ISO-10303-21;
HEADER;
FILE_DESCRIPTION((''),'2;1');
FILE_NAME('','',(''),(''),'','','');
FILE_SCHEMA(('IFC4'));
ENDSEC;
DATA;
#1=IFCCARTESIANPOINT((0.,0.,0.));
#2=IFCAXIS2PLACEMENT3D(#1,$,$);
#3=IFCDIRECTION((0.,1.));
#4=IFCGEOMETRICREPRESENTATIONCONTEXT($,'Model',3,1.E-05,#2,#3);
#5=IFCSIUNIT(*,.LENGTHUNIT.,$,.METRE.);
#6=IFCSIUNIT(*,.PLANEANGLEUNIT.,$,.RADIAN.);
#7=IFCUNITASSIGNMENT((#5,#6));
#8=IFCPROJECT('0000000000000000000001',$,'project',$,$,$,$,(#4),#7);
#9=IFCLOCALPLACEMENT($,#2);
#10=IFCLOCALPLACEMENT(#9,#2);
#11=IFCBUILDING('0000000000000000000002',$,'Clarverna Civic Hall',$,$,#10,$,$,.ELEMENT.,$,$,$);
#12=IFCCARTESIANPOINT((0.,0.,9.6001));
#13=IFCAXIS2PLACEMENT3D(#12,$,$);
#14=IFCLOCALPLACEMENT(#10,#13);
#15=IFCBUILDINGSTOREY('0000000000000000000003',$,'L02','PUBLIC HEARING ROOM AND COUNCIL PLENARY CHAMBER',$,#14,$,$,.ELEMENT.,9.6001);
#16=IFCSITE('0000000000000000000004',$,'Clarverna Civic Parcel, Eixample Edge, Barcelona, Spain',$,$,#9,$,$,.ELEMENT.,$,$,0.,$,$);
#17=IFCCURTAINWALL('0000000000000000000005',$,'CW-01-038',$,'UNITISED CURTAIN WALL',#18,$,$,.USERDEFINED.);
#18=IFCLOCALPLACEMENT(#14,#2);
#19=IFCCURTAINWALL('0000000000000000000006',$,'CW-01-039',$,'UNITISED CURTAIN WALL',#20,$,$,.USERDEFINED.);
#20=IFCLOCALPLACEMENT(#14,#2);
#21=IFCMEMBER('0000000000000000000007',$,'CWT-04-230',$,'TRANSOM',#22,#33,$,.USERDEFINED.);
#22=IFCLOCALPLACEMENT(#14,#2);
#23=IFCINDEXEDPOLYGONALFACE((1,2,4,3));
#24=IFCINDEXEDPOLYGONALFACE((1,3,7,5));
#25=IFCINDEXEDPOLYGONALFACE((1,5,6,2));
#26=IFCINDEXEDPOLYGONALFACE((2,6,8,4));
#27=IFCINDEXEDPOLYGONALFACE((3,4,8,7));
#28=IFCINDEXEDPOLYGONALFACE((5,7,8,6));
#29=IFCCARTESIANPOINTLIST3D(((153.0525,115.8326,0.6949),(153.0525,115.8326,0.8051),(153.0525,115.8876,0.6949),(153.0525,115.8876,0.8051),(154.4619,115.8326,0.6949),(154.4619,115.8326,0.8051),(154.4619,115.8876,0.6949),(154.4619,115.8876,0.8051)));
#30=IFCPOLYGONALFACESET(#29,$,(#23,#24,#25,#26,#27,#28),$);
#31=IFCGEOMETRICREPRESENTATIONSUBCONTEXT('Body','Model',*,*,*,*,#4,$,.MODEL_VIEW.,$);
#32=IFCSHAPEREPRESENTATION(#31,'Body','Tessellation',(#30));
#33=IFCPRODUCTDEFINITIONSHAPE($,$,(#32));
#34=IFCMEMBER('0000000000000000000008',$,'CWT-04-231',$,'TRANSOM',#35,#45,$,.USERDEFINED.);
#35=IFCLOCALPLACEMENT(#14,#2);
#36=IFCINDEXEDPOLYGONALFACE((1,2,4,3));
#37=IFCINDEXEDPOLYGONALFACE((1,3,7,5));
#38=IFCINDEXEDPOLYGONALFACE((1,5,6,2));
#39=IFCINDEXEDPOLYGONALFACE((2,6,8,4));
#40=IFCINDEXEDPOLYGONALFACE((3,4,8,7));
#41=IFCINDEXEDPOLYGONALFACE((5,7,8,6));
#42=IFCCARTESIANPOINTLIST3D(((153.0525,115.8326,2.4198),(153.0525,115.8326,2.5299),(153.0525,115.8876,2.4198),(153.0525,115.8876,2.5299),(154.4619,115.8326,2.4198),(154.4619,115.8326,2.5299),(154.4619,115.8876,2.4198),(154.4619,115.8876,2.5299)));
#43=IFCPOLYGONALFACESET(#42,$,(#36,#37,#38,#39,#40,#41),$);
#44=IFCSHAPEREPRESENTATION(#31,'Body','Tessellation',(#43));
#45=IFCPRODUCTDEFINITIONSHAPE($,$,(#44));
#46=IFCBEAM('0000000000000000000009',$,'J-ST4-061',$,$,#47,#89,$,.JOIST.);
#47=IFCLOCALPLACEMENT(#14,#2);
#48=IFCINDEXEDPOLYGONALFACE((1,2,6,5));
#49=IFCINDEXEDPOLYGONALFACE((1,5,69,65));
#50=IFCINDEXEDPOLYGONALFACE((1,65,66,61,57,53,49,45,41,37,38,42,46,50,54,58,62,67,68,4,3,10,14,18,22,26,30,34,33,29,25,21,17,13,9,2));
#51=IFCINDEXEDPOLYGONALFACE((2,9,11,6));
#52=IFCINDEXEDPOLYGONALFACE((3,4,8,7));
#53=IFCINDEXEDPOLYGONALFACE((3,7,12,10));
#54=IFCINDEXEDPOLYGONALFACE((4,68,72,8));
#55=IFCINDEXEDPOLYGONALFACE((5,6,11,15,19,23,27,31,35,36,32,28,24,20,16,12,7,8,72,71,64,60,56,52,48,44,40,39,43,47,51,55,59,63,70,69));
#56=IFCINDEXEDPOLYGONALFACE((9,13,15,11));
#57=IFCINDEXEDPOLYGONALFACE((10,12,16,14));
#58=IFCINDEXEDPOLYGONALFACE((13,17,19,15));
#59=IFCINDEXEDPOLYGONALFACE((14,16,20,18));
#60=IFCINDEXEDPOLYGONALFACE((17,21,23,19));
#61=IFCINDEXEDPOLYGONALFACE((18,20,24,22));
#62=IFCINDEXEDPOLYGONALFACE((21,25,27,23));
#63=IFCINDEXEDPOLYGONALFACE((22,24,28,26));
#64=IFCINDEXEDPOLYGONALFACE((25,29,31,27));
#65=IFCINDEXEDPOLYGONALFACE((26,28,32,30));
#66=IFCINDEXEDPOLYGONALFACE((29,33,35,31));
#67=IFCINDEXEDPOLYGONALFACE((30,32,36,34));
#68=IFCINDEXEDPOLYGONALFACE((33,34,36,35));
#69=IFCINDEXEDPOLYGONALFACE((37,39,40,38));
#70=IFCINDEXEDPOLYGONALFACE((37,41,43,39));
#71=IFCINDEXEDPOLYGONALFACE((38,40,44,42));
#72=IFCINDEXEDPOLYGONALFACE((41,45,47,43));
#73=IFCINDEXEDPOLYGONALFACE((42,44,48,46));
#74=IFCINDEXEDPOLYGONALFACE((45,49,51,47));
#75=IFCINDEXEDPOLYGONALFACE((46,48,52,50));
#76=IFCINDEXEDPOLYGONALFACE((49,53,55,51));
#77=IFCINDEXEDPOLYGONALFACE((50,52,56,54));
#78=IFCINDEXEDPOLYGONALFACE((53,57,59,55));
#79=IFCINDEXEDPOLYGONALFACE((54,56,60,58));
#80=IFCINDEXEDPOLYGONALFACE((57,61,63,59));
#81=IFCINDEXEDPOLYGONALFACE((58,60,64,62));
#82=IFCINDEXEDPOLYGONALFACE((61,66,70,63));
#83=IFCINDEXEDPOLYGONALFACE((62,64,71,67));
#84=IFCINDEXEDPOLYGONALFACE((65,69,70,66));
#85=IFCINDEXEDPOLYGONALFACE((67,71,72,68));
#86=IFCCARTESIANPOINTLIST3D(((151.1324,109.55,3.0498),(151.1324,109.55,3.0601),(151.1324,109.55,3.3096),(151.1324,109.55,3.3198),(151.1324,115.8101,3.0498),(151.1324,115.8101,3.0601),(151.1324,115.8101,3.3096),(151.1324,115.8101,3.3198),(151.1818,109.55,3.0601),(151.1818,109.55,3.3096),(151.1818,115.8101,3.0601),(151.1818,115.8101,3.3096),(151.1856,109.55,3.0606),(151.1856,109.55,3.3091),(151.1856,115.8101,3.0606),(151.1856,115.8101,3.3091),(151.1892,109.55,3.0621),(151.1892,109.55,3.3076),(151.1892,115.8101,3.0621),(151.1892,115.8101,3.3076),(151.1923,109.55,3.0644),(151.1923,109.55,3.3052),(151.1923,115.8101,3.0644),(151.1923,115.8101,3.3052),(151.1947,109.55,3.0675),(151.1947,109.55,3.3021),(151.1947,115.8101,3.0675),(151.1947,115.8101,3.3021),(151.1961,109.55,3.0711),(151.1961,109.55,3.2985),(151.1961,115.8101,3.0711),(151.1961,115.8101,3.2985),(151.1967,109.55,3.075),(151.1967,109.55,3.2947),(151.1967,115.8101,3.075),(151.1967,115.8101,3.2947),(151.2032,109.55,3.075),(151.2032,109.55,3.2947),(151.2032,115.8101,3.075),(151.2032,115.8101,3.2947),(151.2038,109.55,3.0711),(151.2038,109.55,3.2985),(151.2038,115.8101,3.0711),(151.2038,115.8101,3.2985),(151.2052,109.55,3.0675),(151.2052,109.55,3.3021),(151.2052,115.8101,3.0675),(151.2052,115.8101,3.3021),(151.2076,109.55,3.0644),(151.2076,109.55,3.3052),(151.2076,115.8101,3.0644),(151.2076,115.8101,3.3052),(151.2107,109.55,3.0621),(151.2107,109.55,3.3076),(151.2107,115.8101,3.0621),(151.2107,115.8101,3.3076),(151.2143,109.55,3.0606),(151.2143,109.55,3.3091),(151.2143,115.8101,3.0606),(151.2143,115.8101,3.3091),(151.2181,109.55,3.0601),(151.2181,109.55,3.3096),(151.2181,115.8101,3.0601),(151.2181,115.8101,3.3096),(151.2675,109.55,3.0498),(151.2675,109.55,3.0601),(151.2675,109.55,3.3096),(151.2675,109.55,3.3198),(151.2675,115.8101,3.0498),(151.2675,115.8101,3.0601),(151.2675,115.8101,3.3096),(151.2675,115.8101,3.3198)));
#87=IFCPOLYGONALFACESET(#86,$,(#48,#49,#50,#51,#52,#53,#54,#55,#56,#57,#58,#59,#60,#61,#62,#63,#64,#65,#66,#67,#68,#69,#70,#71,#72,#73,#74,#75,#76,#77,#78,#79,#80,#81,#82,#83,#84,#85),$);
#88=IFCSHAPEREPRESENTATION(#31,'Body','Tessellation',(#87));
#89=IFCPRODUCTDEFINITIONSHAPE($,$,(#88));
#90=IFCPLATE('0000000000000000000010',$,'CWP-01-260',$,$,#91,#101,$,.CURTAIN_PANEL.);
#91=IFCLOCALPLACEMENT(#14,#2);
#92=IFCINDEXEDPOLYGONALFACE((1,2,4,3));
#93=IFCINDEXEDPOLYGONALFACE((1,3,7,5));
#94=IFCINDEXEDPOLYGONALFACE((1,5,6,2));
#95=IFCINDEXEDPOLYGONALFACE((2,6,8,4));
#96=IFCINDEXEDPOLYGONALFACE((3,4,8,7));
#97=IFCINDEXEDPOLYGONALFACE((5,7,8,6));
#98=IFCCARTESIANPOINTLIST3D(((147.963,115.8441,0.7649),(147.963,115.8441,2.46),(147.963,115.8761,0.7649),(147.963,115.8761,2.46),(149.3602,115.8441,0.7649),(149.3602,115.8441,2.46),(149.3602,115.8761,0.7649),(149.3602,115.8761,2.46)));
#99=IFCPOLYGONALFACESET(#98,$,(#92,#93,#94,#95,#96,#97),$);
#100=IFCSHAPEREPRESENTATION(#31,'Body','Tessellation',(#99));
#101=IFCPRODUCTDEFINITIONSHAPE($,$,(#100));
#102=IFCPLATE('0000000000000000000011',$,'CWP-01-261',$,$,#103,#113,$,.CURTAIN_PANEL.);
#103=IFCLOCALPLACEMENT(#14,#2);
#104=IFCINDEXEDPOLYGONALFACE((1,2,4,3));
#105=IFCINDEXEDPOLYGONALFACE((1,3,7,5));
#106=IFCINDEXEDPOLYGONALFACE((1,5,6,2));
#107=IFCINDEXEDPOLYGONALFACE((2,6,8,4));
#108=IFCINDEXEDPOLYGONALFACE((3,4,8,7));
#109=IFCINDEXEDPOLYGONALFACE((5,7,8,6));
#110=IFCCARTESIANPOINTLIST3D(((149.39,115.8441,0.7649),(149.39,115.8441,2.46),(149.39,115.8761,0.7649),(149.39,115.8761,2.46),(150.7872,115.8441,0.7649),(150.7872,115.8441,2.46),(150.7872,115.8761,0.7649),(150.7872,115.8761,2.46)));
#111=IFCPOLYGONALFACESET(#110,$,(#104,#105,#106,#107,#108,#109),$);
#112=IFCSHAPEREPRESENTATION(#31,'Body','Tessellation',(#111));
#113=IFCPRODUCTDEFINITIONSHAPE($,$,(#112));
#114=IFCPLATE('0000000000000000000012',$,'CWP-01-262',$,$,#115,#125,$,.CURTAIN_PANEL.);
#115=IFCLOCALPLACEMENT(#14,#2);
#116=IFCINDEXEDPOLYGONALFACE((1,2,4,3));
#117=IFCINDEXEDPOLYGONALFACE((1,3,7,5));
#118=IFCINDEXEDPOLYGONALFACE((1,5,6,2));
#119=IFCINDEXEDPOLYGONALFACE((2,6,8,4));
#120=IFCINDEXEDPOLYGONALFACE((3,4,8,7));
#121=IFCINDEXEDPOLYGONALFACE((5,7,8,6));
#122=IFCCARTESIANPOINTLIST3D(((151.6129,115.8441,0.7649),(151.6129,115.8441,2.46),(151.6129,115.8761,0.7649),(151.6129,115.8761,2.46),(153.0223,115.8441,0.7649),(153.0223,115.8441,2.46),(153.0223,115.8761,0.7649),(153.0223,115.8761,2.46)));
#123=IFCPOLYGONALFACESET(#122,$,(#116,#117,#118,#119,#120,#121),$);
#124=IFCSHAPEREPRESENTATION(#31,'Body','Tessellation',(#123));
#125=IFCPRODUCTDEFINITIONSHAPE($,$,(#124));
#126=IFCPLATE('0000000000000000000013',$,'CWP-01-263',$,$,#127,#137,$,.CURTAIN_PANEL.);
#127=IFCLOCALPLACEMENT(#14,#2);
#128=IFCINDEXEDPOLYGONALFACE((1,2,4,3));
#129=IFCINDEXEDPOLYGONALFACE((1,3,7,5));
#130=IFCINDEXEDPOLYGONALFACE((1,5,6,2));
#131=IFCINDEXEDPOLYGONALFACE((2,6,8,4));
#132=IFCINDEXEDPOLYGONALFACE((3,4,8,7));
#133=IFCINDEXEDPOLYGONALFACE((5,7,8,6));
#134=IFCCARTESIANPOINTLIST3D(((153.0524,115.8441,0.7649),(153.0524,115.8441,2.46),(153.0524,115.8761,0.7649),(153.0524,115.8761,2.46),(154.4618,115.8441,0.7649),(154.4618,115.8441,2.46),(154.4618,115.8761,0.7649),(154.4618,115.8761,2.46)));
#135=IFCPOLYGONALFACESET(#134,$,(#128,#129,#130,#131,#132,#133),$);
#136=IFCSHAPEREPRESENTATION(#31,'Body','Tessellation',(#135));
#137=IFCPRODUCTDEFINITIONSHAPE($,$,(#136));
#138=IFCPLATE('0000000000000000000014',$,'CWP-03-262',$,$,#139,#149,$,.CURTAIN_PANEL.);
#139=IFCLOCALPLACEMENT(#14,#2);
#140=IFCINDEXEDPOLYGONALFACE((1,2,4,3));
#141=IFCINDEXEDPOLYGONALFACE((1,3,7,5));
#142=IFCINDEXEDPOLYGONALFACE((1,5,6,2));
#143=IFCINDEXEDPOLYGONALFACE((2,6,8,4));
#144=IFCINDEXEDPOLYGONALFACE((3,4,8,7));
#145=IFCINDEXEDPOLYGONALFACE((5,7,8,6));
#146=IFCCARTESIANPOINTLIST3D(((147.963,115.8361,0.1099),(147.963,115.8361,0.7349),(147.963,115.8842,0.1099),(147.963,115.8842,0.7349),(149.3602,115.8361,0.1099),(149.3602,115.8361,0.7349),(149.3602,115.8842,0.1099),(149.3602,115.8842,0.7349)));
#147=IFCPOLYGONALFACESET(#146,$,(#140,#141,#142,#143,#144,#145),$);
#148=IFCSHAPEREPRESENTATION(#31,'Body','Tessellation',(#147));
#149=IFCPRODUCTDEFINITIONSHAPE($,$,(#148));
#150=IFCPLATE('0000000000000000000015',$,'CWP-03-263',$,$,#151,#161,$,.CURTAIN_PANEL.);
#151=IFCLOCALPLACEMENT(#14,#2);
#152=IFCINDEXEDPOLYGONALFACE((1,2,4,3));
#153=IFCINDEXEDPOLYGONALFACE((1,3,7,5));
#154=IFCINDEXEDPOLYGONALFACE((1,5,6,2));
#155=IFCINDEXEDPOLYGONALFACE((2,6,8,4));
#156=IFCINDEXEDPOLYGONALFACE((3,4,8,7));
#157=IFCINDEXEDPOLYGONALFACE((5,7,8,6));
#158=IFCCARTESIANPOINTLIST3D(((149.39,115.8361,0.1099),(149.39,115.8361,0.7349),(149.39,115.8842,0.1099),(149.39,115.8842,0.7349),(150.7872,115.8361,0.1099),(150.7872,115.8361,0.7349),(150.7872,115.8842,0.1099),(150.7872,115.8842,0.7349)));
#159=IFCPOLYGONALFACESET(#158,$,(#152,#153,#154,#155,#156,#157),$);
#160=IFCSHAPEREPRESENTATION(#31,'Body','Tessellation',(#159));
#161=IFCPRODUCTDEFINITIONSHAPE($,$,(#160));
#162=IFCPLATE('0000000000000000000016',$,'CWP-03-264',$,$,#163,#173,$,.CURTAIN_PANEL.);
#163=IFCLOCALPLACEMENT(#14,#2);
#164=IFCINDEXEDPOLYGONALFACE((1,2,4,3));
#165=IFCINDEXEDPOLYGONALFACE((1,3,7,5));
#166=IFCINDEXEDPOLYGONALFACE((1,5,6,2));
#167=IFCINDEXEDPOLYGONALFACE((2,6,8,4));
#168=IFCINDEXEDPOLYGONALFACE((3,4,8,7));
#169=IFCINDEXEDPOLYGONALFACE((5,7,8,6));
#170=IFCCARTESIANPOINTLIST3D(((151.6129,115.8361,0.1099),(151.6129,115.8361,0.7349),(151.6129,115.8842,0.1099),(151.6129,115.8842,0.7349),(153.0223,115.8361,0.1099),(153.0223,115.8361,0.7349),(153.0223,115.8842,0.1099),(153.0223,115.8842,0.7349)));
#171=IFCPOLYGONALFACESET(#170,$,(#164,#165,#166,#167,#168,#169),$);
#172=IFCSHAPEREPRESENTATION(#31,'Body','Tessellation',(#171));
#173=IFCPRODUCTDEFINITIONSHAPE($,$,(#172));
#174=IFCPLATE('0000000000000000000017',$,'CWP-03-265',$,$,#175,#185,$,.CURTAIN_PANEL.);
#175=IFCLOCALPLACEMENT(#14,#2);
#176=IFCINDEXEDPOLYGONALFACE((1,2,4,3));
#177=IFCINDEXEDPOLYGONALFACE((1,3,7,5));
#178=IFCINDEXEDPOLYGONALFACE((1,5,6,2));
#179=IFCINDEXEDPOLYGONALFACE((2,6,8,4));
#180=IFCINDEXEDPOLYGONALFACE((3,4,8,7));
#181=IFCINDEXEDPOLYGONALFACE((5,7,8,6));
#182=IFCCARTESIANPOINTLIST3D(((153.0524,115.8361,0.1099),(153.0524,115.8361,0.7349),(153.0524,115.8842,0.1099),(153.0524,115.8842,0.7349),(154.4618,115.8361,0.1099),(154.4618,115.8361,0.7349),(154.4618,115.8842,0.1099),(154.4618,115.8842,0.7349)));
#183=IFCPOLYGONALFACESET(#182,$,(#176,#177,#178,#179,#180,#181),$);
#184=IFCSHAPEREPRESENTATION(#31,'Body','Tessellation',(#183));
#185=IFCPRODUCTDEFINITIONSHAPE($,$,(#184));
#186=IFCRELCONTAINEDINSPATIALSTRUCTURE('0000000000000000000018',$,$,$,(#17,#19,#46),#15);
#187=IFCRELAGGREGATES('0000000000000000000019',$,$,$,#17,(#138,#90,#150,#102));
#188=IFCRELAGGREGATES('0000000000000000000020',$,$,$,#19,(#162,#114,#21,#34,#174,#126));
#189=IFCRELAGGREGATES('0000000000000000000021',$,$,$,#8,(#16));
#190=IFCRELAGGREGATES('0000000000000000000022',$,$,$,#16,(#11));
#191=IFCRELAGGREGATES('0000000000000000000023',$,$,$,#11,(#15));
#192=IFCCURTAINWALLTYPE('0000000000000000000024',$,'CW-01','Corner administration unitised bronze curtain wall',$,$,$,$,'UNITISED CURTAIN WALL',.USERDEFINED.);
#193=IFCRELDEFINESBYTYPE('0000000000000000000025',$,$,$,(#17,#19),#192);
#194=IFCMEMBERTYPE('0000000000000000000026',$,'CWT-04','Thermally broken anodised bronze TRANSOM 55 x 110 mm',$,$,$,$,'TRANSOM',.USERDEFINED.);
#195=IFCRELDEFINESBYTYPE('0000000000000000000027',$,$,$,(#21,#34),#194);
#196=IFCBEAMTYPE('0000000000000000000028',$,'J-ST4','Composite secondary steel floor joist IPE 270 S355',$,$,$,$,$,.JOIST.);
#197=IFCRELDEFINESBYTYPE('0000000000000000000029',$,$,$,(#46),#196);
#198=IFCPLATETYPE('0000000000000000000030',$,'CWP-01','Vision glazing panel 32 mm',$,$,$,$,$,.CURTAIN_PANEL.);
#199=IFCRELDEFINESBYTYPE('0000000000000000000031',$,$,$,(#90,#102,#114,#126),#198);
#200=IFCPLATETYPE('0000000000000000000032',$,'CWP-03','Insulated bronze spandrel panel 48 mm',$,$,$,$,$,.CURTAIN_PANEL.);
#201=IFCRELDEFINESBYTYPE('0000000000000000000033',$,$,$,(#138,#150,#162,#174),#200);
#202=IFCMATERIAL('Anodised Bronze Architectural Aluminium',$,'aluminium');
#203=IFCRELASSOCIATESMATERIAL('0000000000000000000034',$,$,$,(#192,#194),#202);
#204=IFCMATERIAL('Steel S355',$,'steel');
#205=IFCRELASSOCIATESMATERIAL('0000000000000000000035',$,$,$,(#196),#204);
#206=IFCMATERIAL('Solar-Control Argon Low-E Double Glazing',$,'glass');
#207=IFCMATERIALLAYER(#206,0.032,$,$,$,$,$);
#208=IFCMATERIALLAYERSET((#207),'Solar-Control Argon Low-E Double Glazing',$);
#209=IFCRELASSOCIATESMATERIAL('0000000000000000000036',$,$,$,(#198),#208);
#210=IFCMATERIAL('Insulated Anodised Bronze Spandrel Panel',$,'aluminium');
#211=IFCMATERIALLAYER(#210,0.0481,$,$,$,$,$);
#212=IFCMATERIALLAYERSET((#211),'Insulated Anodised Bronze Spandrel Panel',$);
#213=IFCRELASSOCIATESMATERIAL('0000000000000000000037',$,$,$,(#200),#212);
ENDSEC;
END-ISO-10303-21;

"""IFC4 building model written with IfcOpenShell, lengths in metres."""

from ifc_helpers import new_model, si_unit, direction, frame, frame_2d, origin, origin_2d, place, context, subcontext, project, spatial, rectangle, i_section, extrude, material, layer, layer_set, material_profile, profile_set, type_object, element, aggregate, save


model = new_model("IFC4")

# Units and contexts
model_context = context("Model", 3, precision=1e-05, world=origin(), true_north=direction((0.0, 1.0)))
body_context = subcontext(model_context, "Body", "Model", "MODEL_VIEW")
ifc_project = project(units=[si_unit("LENGTHUNIT", "METRE"), si_unit("PLANEANGLEUNIT", "RADIAN")], contexts=[model_context])

# Site, building, storey
site_placement = place(None, origin())
site = spatial("IfcSite", under=ifc_project, at=site_placement, Name="Clarverna Civic Parcel, Eixample Edge, Barcelona, Spain", CompositionType="ELEMENT", RefElevation=0.0)
building_placement = place(site_placement, origin())
building = spatial("IfcBuilding", under=site, at=building_placement, Name="Clarverna Civic Hall", CompositionType="ELEMENT")
storey_placement = place(building_placement, frame((0.0, 0.0, 9.6001)))
storey = spatial("IfcBuildingStorey", under=building, at=storey_placement, Name="L02", Description="PUBLIC HEARING ROOM AND COUNCIL PLENARY CHAMBER", CompositionType="ELEMENT", Elevation=9.6001)

# Shared definitions
ifc_material_1 = material(Name="Anodised Bronze Architectural Aluminium", Category="aluminium")
curtain_wall_type = type_object("IfcCurtainWallType", Name="CW-01", Description="Corner administration unitised bronze curtain wall", ElementType="UNITISED CURTAIN WALL", PredefinedType="USERDEFINED", material=ifc_material_1)

# Curtain walls
curtain_wall_1_placement = place(storey_placement, origin())
curtain_wall_1 = element("IfcCurtainWall", 1, at=curtain_wall_1_placement, inside=storey, type_object=curtain_wall_type, Name="CW-01-038", ObjectType="UNITISED CURTAIN WALL", PredefinedType="USERDEFINED")
curtain_wall_2_placement = place(storey_placement, origin())
curtain_wall_2 = element("IfcCurtainWall", 2, at=curtain_wall_2_placement, inside=storey, type_object=curtain_wall_type, Name="CW-01-039", ObjectType="UNITISED CURTAIN WALL", PredefinedType="USERDEFINED")

# Members
ifc_material_profile_1 = material_profile(ifc_material_1, rectangle(XDim=0.0549, YDim=0.1101, at=origin_2d()), Name="BRONZE 55x110")
ifc_profile_set_1 = profile_set([ifc_material_profile_1], Name="Anodised Bronze Architectural Aluminium")
member_type_1 = type_object("IfcMemberType", Name="CWT-04", Description="Thermally broken anodised bronze TRANSOM 55 x 110 mm", ElementType="TRANSOM", PredefinedType="USERDEFINED", material=ifc_profile_set_1)
member_1_placement = place(storey_placement, frame((153.0525, 115.8601, 0.75), z_axis=(1.0, 0.0, 0.0), x_axis=(0.0, 1.0, 0.0)))
member_1 = element("IfcMember", 3, at=member_1_placement, type_object=member_type_1, Name="CWT-04-230", ObjectType="TRANSOM", PredefinedType="USERDEFINED", context=body_context, shape_type="SweptSolid", body=[
    extrude(rectangle(XDim=0.0549, YDim=0.1101, at=origin_2d()), origin(), (0.0, 0.0, 1.0), 1.4094),
])
member_2_placement = place(storey_placement, frame((153.0525, 115.8601, 2.4749), z_axis=(1.0, 0.0, 0.0), x_axis=(0.0, 1.0, 0.0)))
member_2 = element("IfcMember", 4, at=member_2_placement, type_object=member_type_1, Name="CWT-04-231", ObjectType="TRANSOM", PredefinedType="USERDEFINED", context=body_context, shape_type="SweptSolid", body=[
    extrude(rectangle(XDim=0.0549, YDim=0.1101, at=origin_2d()), origin(), (0.0, 0.0, 1.0), 1.4094),
])

# Beam
ifc_material_2 = material(Name="Steel S355", Category="steel")
ifc_material_profile_2 = material_profile(ifc_material_2, i_section(OverallWidth=0.135, OverallDepth=0.27, WebThickness=0.0066, FlangeThickness=0.0103, FilletRadius=0.0149, at=origin_2d()), Name="IPE 270")
ifc_profile_set_2 = profile_set([ifc_material_profile_2], Name="Steel S355")
beam_type_1 = type_object("IfcBeamType", Name="J-ST4", Description="Composite secondary steel floor joist IPE 270 S355", PredefinedType="JOIST", material=ifc_profile_set_2)
beam_1_placement = place(storey_placement, frame((151.2, 109.55, 3.1848), z_axis=(0.0, 1.0, 0.0), x_axis=(-1.0, 0.0, 0.0)))
element("IfcBeam", 5, at=beam_1_placement, inside=storey, type_object=beam_type_1, Name="J-ST4-061", PredefinedType="JOIST", context=body_context, shape_type="SweptSolid", body=[
    extrude(i_section(OverallWidth=0.135, OverallDepth=0.27, WebThickness=0.0066, FlangeThickness=0.0103, FilletRadius=0.0149, at=origin_2d()), origin(), (0.0, 0.0, 1.0), 6.26),
])

# Plates
ifc_material_3 = material(Name="Solar-Control Argon Low-E Double Glazing", Category="glass")
ifc_layer_1 = layer(ifc_material_3, 0.032)
ifc_layer_set_1 = layer_set([ifc_layer_1], Name="Solar-Control Argon Low-E Double Glazing")
plate_type_1 = type_object("IfcPlateType", Name="CWP-01", Description="Vision glazing panel 32 mm", PredefinedType="CURTAIN_PANEL", material=ifc_layer_set_1)
plate_1_placement = place(storey_placement, frame((147.9629, 115.8601, 0.7649), z_axis=(0.0, 0.0, 1.0), x_axis=(1.0, 0.0, 0.0)))
plate_1 = element("IfcPlate", 6, at=plate_1_placement, type_object=plate_type_1, Name="CWP-01-260", PredefinedType="CURTAIN_PANEL", context=body_context, shape_type="SweptSolid", body=[
    extrude(rectangle(XDim=1.3972, YDim=0.032, at=frame_2d((0.6987, 0.0))), origin(), (0.0, 0.0, 1.0), 1.6951),
])
plate_2_placement = place(storey_placement, frame((149.3899, 115.8601, 0.7649), z_axis=(0.0, 0.0, 1.0), x_axis=(1.0, 0.0, 0.0)))
plate_2 = element("IfcPlate", 7, at=plate_2_placement, type_object=plate_type_1, Name="CWP-01-261", PredefinedType="CURTAIN_PANEL", context=body_context, shape_type="SweptSolid", body=[
    extrude(rectangle(XDim=1.3972, YDim=0.032, at=frame_2d((0.6987, 0.0))), origin(), (0.0, 0.0, 1.0), 1.6951),
])
plate_3_placement = place(storey_placement, frame((151.613, 115.8601, 0.7649), z_axis=(0.0, 0.0, 1.0), x_axis=(1.0, 0.0, 0.0)))
plate_3 = element("IfcPlate", 8, at=plate_3_placement, type_object=plate_type_1, Name="CWP-01-262", PredefinedType="CURTAIN_PANEL", context=body_context, shape_type="SweptSolid", body=[
    extrude(rectangle(XDim=1.4094, YDim=0.032, at=frame_2d((0.7046, 0.0))), origin(), (0.0, 0.0, 1.0), 1.6951),
])
plate_4_placement = place(storey_placement, frame((153.0525, 115.8601, 0.7649), z_axis=(0.0, 0.0, 1.0), x_axis=(1.0, 0.0, 0.0)))
plate_4 = element("IfcPlate", 9, at=plate_4_placement, type_object=plate_type_1, Name="CWP-01-263", PredefinedType="CURTAIN_PANEL", context=body_context, shape_type="SweptSolid", body=[
    extrude(rectangle(XDim=1.4094, YDim=0.032, at=frame_2d((0.7046, 0.0))), origin(), (0.0, 0.0, 1.0), 1.6951),
])
ifc_material_4 = material(Name="Insulated Anodised Bronze Spandrel Panel", Category="aluminium")
ifc_layer_2 = layer(ifc_material_4, 0.0481)
ifc_layer_set_2 = layer_set([ifc_layer_2], Name="Insulated Anodised Bronze Spandrel Panel")
plate_type_2 = type_object("IfcPlateType", Name="CWP-03", Description="Insulated bronze spandrel panel 48 mm", PredefinedType="CURTAIN_PANEL", material=ifc_layer_set_2)
plate_5_placement = place(storey_placement, frame((147.9629, 115.8601, 0.1099), z_axis=(0.0, 0.0, 1.0), x_axis=(1.0, 0.0, 0.0)))
plate_5 = element("IfcPlate", 10, at=plate_5_placement, type_object=plate_type_2, Name="CWP-03-262", PredefinedType="CURTAIN_PANEL", context=body_context, shape_type="SweptSolid", body=[
    extrude(rectangle(XDim=1.3972, YDim=0.0481, at=frame_2d((0.6987, 0.0))), origin(), (0.0, 0.0, 1.0), 0.625),
])
plate_6_placement = place(storey_placement, frame((149.3899, 115.8601, 0.1099), z_axis=(0.0, 0.0, 1.0), x_axis=(1.0, 0.0, 0.0)))
plate_6 = element("IfcPlate", 11, at=plate_6_placement, type_object=plate_type_2, Name="CWP-03-263", PredefinedType="CURTAIN_PANEL", context=body_context, shape_type="SweptSolid", body=[
    extrude(rectangle(XDim=1.3972, YDim=0.0481, at=frame_2d((0.6987, 0.0))), origin(), (0.0, 0.0, 1.0), 0.625),
])
aggregate(curtain_wall_1, [plate_5, plate_1, plate_6, plate_2])
plate_7_placement = place(storey_placement, frame((151.613, 115.8601, 0.1099), z_axis=(0.0, 0.0, 1.0), x_axis=(1.0, 0.0, 0.0)))
plate_7 = element("IfcPlate", 12, at=plate_7_placement, type_object=plate_type_2, Name="CWP-03-264", PredefinedType="CURTAIN_PANEL", context=body_context, shape_type="SweptSolid", body=[
    extrude(rectangle(XDim=1.4094, YDim=0.0481, at=frame_2d((0.7046, 0.0))), origin(), (0.0, 0.0, 1.0), 0.625),
])
plate_8_placement = place(storey_placement, frame((153.0525, 115.8601, 0.1099), z_axis=(0.0, 0.0, 1.0), x_axis=(1.0, 0.0, 0.0)))
plate_8 = element("IfcPlate", 13, at=plate_8_placement, type_object=plate_type_2, Name="CWP-03-265", PredefinedType="CURTAIN_PANEL", context=body_context, shape_type="SweptSolid", body=[
    extrude(rectangle(XDim=1.4094, YDim=0.0481, at=frame_2d((0.7046, 0.0))), origin(), (0.0, 0.0, 1.0), 0.625),
])
aggregate(curtain_wall_2, [plate_7, plate_3, member_1, member_2, plate_8, plate_4])

save(model, "model.ifc")
